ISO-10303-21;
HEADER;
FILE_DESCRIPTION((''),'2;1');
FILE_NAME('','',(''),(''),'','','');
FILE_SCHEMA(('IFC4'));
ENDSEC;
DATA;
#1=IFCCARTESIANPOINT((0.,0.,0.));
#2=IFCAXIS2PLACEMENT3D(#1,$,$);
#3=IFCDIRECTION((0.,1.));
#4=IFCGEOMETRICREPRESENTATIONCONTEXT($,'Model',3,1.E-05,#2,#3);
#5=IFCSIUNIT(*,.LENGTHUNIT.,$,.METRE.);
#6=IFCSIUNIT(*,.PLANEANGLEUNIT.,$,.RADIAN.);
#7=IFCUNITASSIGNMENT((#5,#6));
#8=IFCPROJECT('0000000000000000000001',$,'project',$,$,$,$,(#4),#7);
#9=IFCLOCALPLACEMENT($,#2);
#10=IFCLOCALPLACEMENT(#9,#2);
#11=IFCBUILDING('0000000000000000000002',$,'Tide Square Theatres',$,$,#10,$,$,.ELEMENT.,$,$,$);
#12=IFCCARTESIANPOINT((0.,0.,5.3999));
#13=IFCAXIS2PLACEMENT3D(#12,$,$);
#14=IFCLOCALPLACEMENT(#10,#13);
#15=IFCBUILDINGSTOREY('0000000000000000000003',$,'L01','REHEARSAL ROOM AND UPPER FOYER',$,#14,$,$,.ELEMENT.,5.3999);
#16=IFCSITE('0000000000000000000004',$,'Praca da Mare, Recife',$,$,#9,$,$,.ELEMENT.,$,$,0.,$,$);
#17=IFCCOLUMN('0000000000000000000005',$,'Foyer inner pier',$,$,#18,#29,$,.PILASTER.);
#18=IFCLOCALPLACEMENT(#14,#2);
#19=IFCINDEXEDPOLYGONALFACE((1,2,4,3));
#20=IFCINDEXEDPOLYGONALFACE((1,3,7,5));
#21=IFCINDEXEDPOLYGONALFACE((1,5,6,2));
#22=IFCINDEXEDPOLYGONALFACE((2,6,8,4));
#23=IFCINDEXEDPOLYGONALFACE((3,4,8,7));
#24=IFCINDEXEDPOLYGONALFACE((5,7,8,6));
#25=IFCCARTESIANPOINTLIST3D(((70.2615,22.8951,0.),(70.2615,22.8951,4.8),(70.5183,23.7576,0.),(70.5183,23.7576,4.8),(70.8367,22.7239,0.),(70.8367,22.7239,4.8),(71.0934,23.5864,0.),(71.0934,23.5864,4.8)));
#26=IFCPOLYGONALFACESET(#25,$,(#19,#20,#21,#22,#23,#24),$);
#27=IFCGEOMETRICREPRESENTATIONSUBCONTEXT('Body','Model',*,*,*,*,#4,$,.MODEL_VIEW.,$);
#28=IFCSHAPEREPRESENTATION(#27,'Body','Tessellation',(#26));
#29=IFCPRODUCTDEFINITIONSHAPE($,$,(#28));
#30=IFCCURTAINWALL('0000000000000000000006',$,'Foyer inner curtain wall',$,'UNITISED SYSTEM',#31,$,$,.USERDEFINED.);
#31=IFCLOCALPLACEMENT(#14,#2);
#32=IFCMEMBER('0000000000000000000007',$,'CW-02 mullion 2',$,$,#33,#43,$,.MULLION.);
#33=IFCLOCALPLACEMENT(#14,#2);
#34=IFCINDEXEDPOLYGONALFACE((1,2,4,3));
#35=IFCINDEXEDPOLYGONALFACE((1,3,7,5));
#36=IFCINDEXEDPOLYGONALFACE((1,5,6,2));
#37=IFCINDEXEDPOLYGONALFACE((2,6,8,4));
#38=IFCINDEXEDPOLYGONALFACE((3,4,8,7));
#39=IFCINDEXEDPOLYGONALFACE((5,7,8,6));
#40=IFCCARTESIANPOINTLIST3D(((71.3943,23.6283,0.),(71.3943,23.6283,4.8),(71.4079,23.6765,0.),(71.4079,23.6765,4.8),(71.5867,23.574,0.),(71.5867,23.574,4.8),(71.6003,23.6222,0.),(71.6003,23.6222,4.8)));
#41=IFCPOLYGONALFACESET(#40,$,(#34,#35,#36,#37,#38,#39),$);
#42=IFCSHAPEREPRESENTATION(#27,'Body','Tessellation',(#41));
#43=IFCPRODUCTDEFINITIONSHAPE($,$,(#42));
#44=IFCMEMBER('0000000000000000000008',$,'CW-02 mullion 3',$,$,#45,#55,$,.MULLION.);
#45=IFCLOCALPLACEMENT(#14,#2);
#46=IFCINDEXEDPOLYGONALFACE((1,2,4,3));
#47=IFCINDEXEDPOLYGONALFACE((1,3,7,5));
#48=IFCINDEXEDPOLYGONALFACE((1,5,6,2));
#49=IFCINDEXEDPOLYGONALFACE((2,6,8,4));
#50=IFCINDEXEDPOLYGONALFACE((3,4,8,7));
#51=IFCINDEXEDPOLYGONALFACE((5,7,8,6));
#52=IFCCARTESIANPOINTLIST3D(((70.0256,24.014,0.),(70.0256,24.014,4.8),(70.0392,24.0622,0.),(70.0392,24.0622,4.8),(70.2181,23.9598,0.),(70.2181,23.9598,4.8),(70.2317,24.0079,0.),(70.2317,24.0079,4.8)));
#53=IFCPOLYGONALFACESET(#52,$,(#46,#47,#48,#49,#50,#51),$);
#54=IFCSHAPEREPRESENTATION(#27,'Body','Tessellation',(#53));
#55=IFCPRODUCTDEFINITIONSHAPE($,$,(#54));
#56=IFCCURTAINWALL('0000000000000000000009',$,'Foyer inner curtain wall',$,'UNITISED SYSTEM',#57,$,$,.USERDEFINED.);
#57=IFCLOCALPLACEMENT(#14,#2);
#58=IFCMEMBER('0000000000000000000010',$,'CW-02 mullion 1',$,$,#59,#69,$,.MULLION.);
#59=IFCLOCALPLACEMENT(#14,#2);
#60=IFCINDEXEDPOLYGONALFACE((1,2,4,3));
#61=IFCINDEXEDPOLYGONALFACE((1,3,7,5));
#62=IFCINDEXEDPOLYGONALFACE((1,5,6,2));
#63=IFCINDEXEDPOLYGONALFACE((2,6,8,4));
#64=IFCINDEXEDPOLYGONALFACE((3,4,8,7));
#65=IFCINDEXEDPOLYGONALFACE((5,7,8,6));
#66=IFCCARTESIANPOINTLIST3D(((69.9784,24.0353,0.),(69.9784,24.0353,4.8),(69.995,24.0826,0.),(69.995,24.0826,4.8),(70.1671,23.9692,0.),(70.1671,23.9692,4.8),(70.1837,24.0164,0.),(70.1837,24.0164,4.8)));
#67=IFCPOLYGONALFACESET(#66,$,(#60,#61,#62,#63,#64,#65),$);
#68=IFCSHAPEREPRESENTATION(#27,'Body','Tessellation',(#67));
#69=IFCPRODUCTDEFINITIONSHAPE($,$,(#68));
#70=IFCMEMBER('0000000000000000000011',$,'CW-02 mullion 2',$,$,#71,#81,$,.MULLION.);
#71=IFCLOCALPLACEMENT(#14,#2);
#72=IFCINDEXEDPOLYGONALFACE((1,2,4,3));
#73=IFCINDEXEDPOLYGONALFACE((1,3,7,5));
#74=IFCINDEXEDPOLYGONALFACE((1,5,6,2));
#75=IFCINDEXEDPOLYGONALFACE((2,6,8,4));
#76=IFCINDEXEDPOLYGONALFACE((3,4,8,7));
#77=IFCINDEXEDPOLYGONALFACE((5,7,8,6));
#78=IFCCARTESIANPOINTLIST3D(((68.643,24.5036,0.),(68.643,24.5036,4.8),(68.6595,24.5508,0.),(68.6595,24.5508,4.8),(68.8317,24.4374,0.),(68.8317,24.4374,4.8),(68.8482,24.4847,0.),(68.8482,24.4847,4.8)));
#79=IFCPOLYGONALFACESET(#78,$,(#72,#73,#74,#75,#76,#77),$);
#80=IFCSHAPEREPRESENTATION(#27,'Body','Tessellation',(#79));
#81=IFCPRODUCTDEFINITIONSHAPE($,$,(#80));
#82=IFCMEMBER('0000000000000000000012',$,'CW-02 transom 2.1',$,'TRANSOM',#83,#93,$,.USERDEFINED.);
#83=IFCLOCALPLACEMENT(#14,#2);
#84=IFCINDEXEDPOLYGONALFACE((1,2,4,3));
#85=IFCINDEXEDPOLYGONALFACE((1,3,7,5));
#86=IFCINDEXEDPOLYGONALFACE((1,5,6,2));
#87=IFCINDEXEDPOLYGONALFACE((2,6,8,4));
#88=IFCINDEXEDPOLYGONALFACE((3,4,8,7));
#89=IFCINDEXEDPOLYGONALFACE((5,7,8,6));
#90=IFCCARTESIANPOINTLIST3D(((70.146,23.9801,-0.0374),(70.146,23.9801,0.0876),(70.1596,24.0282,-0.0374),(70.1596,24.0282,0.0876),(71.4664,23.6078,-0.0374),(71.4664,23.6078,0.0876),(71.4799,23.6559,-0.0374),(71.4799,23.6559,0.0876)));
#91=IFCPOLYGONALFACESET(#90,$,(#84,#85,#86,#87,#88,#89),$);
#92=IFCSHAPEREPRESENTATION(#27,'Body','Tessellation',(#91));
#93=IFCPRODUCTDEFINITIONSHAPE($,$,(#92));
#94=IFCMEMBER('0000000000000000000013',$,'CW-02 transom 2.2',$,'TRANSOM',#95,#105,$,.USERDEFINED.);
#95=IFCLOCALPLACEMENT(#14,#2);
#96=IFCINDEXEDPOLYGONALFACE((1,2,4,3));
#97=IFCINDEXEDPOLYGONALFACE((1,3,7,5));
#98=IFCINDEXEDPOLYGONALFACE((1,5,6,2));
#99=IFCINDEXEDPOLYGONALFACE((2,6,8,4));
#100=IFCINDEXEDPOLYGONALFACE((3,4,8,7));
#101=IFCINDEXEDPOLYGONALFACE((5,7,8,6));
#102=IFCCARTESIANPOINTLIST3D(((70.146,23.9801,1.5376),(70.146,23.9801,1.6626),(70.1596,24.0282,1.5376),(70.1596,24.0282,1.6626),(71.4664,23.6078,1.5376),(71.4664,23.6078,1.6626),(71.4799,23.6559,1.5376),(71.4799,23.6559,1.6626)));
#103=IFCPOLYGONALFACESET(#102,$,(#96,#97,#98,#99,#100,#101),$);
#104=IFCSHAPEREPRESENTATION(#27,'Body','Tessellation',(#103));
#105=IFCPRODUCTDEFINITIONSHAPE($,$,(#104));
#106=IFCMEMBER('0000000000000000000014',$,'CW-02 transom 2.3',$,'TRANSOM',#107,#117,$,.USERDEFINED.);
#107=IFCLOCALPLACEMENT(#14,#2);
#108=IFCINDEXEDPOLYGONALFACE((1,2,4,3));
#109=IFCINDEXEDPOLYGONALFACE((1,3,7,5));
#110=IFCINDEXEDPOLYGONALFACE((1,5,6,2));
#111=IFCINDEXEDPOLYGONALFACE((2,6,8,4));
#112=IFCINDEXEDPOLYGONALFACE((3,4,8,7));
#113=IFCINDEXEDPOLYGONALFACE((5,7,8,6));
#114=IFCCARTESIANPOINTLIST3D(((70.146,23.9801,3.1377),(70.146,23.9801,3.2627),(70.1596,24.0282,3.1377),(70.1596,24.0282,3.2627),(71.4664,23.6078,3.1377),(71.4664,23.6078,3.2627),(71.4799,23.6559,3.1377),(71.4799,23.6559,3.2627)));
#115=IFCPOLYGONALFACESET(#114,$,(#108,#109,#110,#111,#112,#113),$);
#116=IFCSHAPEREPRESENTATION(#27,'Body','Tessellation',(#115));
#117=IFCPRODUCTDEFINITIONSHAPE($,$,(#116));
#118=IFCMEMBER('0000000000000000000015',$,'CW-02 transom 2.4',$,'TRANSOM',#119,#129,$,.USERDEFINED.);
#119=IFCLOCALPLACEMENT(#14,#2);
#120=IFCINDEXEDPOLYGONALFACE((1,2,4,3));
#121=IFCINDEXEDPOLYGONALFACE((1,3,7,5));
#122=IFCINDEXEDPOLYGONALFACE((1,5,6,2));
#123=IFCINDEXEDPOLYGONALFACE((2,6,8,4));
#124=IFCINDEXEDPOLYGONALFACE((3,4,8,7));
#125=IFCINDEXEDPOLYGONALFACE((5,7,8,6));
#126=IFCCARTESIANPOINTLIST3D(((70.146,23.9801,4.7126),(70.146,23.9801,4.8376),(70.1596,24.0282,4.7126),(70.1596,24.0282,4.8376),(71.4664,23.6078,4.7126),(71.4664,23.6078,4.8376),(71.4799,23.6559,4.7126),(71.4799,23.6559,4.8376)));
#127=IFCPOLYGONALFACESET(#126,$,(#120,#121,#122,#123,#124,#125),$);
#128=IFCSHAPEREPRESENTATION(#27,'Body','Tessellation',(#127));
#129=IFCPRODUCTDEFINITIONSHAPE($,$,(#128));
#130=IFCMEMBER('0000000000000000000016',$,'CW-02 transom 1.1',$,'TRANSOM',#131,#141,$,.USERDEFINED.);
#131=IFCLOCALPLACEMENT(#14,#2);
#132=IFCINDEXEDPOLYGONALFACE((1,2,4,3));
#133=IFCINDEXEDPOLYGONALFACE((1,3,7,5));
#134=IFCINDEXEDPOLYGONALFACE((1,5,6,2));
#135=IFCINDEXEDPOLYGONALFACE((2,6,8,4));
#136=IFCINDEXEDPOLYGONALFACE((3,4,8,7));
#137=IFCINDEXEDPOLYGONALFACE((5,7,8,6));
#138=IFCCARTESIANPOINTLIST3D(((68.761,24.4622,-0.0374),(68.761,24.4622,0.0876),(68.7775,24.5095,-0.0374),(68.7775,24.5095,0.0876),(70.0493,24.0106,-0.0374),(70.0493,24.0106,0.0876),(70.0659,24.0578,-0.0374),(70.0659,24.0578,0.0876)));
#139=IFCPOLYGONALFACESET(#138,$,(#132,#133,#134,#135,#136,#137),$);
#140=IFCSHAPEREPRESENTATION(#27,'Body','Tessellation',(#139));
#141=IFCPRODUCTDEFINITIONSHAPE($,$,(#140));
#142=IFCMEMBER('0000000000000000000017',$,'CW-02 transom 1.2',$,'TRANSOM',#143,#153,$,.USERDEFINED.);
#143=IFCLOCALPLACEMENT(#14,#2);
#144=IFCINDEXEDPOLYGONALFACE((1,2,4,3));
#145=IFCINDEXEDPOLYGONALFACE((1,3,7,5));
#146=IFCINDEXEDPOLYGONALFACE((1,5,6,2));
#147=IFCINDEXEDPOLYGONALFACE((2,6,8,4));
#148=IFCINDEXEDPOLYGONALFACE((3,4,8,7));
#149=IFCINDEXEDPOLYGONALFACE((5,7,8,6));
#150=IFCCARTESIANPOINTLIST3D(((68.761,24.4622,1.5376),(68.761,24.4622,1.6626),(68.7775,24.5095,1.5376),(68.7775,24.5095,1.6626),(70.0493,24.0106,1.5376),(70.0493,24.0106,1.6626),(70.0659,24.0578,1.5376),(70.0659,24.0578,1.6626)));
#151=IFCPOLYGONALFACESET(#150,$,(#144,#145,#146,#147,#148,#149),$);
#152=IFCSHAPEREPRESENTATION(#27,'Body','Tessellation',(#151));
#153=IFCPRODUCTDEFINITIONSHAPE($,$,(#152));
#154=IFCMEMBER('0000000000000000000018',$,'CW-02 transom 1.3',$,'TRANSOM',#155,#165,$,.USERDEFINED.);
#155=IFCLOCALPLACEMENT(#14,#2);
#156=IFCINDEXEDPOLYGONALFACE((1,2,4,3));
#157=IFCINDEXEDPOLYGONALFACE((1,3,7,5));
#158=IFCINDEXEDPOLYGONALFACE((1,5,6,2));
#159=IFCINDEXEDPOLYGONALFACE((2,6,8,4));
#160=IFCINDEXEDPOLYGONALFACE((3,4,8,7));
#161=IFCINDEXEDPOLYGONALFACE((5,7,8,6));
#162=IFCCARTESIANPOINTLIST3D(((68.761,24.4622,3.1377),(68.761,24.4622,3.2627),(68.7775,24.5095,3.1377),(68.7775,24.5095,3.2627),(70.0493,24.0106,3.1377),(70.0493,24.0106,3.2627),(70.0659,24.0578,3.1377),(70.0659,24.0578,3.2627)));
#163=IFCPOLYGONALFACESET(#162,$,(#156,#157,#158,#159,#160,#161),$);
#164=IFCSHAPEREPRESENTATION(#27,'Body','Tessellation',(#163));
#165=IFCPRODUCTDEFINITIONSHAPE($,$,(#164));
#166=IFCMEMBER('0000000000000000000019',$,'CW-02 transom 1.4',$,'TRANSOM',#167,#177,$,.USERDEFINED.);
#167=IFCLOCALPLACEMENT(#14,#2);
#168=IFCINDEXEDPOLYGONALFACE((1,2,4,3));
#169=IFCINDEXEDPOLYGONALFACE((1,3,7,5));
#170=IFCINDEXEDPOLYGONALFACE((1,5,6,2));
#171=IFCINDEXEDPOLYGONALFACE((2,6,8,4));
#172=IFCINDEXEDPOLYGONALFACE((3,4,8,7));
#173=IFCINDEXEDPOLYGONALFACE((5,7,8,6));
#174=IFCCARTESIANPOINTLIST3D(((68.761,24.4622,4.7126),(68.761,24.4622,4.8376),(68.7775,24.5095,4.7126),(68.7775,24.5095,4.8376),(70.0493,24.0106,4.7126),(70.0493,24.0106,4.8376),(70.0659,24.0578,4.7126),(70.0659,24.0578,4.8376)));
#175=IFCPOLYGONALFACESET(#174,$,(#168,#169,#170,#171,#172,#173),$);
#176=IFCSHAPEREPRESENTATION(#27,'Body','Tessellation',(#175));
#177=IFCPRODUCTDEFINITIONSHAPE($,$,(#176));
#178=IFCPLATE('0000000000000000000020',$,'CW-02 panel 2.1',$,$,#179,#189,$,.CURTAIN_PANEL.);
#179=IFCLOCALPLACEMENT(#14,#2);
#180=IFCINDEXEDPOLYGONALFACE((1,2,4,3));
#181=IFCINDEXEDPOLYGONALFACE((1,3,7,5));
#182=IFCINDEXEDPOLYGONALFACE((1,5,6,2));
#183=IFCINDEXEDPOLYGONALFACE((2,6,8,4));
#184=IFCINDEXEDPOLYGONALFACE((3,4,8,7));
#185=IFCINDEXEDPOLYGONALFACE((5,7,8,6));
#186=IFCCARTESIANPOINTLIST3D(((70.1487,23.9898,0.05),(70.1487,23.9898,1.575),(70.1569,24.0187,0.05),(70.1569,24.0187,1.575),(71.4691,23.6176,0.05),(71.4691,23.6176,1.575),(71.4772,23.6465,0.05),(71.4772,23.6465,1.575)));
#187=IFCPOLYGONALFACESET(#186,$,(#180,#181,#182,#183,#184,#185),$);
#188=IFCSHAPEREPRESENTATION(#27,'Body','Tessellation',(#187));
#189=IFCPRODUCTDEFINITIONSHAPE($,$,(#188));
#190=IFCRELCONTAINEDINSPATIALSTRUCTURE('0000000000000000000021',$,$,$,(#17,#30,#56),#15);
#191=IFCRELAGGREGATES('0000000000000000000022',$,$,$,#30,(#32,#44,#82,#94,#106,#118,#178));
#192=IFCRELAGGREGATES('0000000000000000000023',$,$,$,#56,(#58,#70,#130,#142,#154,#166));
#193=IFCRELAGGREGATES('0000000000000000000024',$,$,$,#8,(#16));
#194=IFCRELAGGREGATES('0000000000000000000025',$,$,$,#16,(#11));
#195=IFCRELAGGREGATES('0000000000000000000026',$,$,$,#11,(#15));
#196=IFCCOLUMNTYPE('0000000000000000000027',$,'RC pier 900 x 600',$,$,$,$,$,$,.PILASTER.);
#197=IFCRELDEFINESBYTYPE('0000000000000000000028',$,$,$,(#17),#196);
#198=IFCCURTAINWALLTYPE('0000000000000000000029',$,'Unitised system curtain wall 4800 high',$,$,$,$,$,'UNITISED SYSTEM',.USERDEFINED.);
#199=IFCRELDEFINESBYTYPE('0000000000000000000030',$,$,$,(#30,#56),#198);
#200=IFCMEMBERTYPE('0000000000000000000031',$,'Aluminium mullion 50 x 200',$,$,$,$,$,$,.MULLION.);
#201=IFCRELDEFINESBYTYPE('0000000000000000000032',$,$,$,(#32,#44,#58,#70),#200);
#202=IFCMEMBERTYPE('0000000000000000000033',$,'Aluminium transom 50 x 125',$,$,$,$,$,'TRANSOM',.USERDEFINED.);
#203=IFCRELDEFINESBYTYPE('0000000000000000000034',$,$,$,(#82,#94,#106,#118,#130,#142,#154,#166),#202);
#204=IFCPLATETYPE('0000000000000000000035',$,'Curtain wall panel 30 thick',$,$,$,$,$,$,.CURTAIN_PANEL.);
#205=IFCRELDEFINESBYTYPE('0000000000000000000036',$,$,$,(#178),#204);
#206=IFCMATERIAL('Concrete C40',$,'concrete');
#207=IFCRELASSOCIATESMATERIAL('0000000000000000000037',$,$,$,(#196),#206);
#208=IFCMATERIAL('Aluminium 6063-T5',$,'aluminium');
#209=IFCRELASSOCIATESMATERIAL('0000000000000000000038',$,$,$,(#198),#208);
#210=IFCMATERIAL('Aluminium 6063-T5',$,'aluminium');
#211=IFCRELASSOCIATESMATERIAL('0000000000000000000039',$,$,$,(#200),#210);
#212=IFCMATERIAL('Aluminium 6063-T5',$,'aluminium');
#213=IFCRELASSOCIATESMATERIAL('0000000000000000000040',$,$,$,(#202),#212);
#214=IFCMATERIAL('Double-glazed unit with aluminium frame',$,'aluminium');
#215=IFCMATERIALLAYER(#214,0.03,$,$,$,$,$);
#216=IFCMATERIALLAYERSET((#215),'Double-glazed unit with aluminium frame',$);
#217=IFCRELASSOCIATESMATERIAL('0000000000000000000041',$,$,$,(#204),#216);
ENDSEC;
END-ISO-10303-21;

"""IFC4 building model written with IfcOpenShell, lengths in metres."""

from ifc_helpers import new_model, si_unit, direction, frame, origin, origin_2d, place, context, subcontext, project, spatial, rectangle, extrude, material, layer, layer_set, material_profile, profile_set, type_object, element, aggregate, save


model = new_model("IFC4")

# Units and contexts
model_context = context("Model", 3, precision=1e-05, world=origin(), true_north=direction((0.0, 1.0)))
body_context = subcontext(model_context, "Body", "Model", "MODEL_VIEW")
ifc_project = project(units=[si_unit("LENGTHUNIT", "METRE"), si_unit("PLANEANGLEUNIT", "RADIAN")], contexts=[model_context])

# Site, building, storey
site_placement = place(None, origin())
site = spatial("IfcSite", under=ifc_project, at=site_placement, Name="Praca da Mare, Recife", CompositionType="ELEMENT", RefElevation=0.0)
building_placement = place(site_placement, origin())
building = spatial("IfcBuilding", under=site, at=building_placement, Name="Tide Square Theatres", CompositionType="ELEMENT")
storey_placement = place(building_placement, frame((0.0, 0.0, 5.3999)))
storey = spatial("IfcBuildingStorey", under=building, at=storey_placement, Name="L01", Description="REHEARSAL ROOM AND UPPER FOYER", CompositionType="ELEMENT", Elevation=5.3999)

# Column
ifc_material_1 = material(Name="Concrete C40", Category="concrete")
ifc_material_profile_1 = material_profile(ifc_material_1, rectangle(XDim=0.8999, YDim=0.6001, at=origin_2d()))
ifc_profile_set_1 = profile_set([ifc_material_profile_1], Name="Concrete C40")
column_type = type_object("IfcColumnType", Name="RC pier 900 x 600", PredefinedType="PILASTER", material=ifc_profile_set_1)
column_placement = place(storey_placement, frame((70.6775, 23.2407, 0.0), z_axis=(0.0, 0.0, 1.0), x_axis=(-0.285282, -0.958444, 0.0)))
element("IfcColumn", 1, at=column_placement, inside=storey, type_object=column_type, Name="Foyer inner pier", PredefinedType="PILASTER", context=body_context, shape_type="SweptSolid", body=[
    extrude(rectangle(XDim=0.8999, YDim=0.6001, at=origin_2d()), origin(), (0.0, 0.0, 1.0), 4.8),
])

# Curtain walls, members
ifc_material_2 = material(Name="Aluminium 6063-T5", Category="aluminium")
curtain_wall_type = type_object("IfcCurtainWallType", Name="Unitised system curtain wall 4800 high", ElementType="UNITISED SYSTEM", PredefinedType="USERDEFINED", material=ifc_material_2)
curtain_wall_1_placement = place(storey_placement, origin())
curtain_wall_1 = element("IfcCurtainWall", 2, at=curtain_wall_1_placement, inside=storey, type_object=curtain_wall_type, Name="Foyer inner curtain wall", ObjectType="UNITISED SYSTEM", PredefinedType="USERDEFINED")
ifc_material_3 = material(Name="Aluminium 6063-T5", Category="aluminium")
ifc_material_profile_2 = material_profile(ifc_material_3, rectangle(XDim=0.05, YDim=0.2, at=origin_2d()))
ifc_profile_set_2 = profile_set([ifc_material_profile_2], Name="Aluminium 6063-T5")
member_type_1 = type_object("IfcMemberType", Name="Aluminium mullion 50 x 200", PredefinedType="MULLION", material=ifc_profile_set_2)
member_1_placement = place(storey_placement, frame((71.4973, 23.6252, 0.0), z_axis=(0.0, 0.0, 1.0), x_axis=(-0.271328, -0.962487, 0.0)))
member_1 = element("IfcMember", 3, at=member_1_placement, type_object=member_type_1, Name="CW-02 mullion 2", PredefinedType="MULLION", context=body_context, shape_type="SweptSolid", body=[
    extrude(rectangle(XDim=0.05, YDim=0.2, at=origin_2d()), origin(), (0.0, 0.0, 1.0), 4.8),
])
member_2_placement = place(storey_placement, frame((70.1287, 24.011, 0.0), z_axis=(0.0, 0.0, 1.0), x_axis=(-0.271328, -0.962487, 0.0)))
member_2 = element("IfcMember", 4, at=member_2_placement, type_object=member_type_1, Name="CW-02 mullion 3", PredefinedType="MULLION", context=body_context, shape_type="SweptSolid", body=[
    extrude(rectangle(XDim=0.05, YDim=0.2, at=origin_2d()), origin(), (0.0, 0.0, 1.0), 4.8),
])
curtain_wall_2_placement = place(storey_placement, origin())
curtain_wall_2 = element("IfcCurtainWall", 5, at=curtain_wall_2_placement, inside=storey, type_object=curtain_wall_type, Name="Foyer inner curtain wall", ObjectType="UNITISED SYSTEM", PredefinedType="USERDEFINED")
member_3_placement = place(storey_placement, frame((70.0811, 24.0259, 0.0), z_axis=(0.0, 0.0, 1.0), x_axis=(-0.330876, -0.943674, 0.0)))
member_3 = element("IfcMember", 6, at=member_3_placement, type_object=member_type_1, Name="CW-02 mullion 1", PredefinedType="MULLION", context=body_context, shape_type="SweptSolid", body=[
    extrude(rectangle(XDim=0.05, YDim=0.2, at=origin_2d()), origin(), (0.0, 0.0, 1.0), 4.8),
])
member_4_placement = place(storey_placement, frame((68.7456, 24.4941, 0.0), z_axis=(0.0, 0.0, 1.0), x_axis=(-0.330876, -0.943674, 0.0)))
member_4 = element("IfcMember", 7, at=member_4_placement, type_object=member_type_1, Name="CW-02 mullion 2", PredefinedType="MULLION", context=body_context, shape_type="SweptSolid", body=[
    extrude(rectangle(XDim=0.05, YDim=0.2, at=origin_2d()), origin(), (0.0, 0.0, 1.0), 4.8),
])

# Members
ifc_material_4 = material(Name="Aluminium 6063-T5", Category="aluminium")
ifc_material_profile_3 = material_profile(ifc_material_4, rectangle(XDim=0.05, YDim=0.125, at=origin_2d()))
ifc_profile_set_3 = profile_set([ifc_material_profile_3], Name="Aluminium 6063-T5")
member_type_2 = type_object("IfcMemberType", Name="Aluminium transom 50 x 125", ElementType="TRANSOM", PredefinedType="USERDEFINED", material=ifc_profile_set_3)
member_5_placement = place(storey_placement, frame((71.4731, 23.6318, 0.0251), z_axis=(-0.962465, 0.271405, 0.0), x_axis=(-0.271405, -0.962465, 0.0)))
member_5 = element("IfcMember", 8, at=member_5_placement, type_object=member_type_2, Name="CW-02 transom 2.1", ObjectType="TRANSOM", PredefinedType="USERDEFINED", context=body_context, shape_type="SweptSolid", body=[
    extrude(rectangle(XDim=0.05, YDim=0.125, at=origin_2d()), origin(), (0.0, 0.0, 1.0), 1.3718),
])
member_6_placement = place(storey_placement, frame((71.4731, 23.6318, 1.6001), z_axis=(-0.962465, 0.271405, 0.0), x_axis=(-0.271405, -0.962465, 0.0)))
member_6 = element("IfcMember", 9, at=member_6_placement, type_object=member_type_2, Name="CW-02 transom 2.2", ObjectType="TRANSOM", PredefinedType="USERDEFINED", context=body_context, shape_type="SweptSolid", body=[
    extrude(rectangle(XDim=0.05, YDim=0.125, at=origin_2d()), origin(), (0.0, 0.0, 1.0), 1.3718),
])
member_7_placement = place(storey_placement, frame((71.4731, 23.6318, 3.2002), z_axis=(-0.962465, 0.271405, 0.0), x_axis=(-0.271405, -0.962465, 0.0)))
member_7 = element("IfcMember", 10, at=member_7_placement, type_object=member_type_2, Name="CW-02 transom 2.3", ObjectType="TRANSOM", PredefinedType="USERDEFINED", context=body_context, shape_type="SweptSolid", body=[
    extrude(rectangle(XDim=0.05, YDim=0.125, at=origin_2d()), origin(), (0.0, 0.0, 1.0), 1.3718),
])
member_8_placement = place(storey_placement, frame((71.4731, 23.6318, 4.7751), z_axis=(-0.962465, 0.271405, 0.0), x_axis=(-0.271405, -0.962465, 0.0)))
member_8 = element("IfcMember", 11, at=member_8_placement, type_object=member_type_2, Name="CW-02 transom 2.4", ObjectType="TRANSOM", PredefinedType="USERDEFINED", context=body_context, shape_type="SweptSolid", body=[
    extrude(rectangle(XDim=0.05, YDim=0.125, at=origin_2d()), origin(), (0.0, 0.0, 1.0), 1.3718),
])
member_9_placement = place(storey_placement, frame((70.0576, 24.0342, 0.0251), z_axis=(-0.943688, 0.330836, 0.0), x_axis=(-0.330836, -0.943688, 0.0)))
member_9 = element("IfcMember", 12, at=member_9_placement, type_object=member_type_2, Name="CW-02 transom 1.1", ObjectType="TRANSOM", PredefinedType="USERDEFINED", context=body_context, shape_type="SweptSolid", body=[
    extrude(rectangle(XDim=0.05, YDim=0.125, at=origin_2d()), origin(), (0.0, 0.0, 1.0), 1.3652),
])
member_10_placement = place(storey_placement, frame((70.0576, 24.0342, 1.6001), z_axis=(-0.943688, 0.330836, 0.0), x_axis=(-0.330836, -0.943688, 0.0)))
member_10 = element("IfcMember", 13, at=member_10_placement, type_object=member_type_2, Name="CW-02 transom 1.2", ObjectType="TRANSOM", PredefinedType="USERDEFINED", context=body_context, shape_type="SweptSolid", body=[
    extrude(rectangle(XDim=0.05, YDim=0.125, at=origin_2d()), origin(), (0.0, 0.0, 1.0), 1.3652),
])
member_11_placement = place(storey_placement, frame((70.0576, 24.0342, 3.2002), z_axis=(-0.943688, 0.330836, 0.0), x_axis=(-0.330836, -0.943688, 0.0)))
member_11 = element("IfcMember", 14, at=member_11_placement, type_object=member_type_2, Name="CW-02 transom 1.3", ObjectType="TRANSOM", PredefinedType="USERDEFINED", context=body_context, shape_type="SweptSolid", body=[
    extrude(rectangle(XDim=0.05, YDim=0.125, at=origin_2d()), origin(), (0.0, 0.0, 1.0), 1.3652),
])
member_12_placement = place(storey_placement, frame((70.0576, 24.0342, 4.7751), z_axis=(-0.943688, 0.330836, 0.0), x_axis=(-0.330836, -0.943688, 0.0)))
member_12 = element("IfcMember", 15, at=member_12_placement, type_object=member_type_2, Name="CW-02 transom 1.4", ObjectType="TRANSOM", PredefinedType="USERDEFINED", context=body_context, shape_type="SweptSolid", body=[
    extrude(rectangle(XDim=0.05, YDim=0.125, at=origin_2d()), origin(), (0.0, 0.0, 1.0), 1.3652),
])

# Plate
ifc_material_5 = material(Name="Double-glazed unit with aluminium frame", Category="aluminium")
ifc_layer_1 = layer(ifc_material_5, 0.03)
ifc_layer_set_1 = layer_set([ifc_layer_1], Name="Double-glazed unit with aluminium frame")
plate_type = type_object("IfcPlateType", Name="Curtain wall panel 30 thick", PredefinedType="CURTAIN_PANEL", material=ifc_layer_set_1)
plate_1_placement = place(storey_placement, frame((70.813, 23.8181, 0.05), z_axis=(0.0, 0.0, 1.0), x_axis=(-0.962487, 0.271328, 0.0)))
plate_1 = element("IfcPlate", 16, at=plate_1_placement, type_object=plate_type, Name="CW-02 panel 2.1", PredefinedType="CURTAIN_PANEL", context=body_context, shape_type="SweptSolid", body=[
    extrude(rectangle(XDim=1.3718, YDim=0.03, at=origin_2d()), origin(), (0.0, 0.0, 1.0), 1.5249),
])
aggregate(curtain_wall_1, [member_1, member_2, member_5, member_6, member_7, member_8, plate_1])
aggregate(curtain_wall_2, [member_3, member_4, member_9, member_10, member_11, member_12])

save(model, "model.ifc")
